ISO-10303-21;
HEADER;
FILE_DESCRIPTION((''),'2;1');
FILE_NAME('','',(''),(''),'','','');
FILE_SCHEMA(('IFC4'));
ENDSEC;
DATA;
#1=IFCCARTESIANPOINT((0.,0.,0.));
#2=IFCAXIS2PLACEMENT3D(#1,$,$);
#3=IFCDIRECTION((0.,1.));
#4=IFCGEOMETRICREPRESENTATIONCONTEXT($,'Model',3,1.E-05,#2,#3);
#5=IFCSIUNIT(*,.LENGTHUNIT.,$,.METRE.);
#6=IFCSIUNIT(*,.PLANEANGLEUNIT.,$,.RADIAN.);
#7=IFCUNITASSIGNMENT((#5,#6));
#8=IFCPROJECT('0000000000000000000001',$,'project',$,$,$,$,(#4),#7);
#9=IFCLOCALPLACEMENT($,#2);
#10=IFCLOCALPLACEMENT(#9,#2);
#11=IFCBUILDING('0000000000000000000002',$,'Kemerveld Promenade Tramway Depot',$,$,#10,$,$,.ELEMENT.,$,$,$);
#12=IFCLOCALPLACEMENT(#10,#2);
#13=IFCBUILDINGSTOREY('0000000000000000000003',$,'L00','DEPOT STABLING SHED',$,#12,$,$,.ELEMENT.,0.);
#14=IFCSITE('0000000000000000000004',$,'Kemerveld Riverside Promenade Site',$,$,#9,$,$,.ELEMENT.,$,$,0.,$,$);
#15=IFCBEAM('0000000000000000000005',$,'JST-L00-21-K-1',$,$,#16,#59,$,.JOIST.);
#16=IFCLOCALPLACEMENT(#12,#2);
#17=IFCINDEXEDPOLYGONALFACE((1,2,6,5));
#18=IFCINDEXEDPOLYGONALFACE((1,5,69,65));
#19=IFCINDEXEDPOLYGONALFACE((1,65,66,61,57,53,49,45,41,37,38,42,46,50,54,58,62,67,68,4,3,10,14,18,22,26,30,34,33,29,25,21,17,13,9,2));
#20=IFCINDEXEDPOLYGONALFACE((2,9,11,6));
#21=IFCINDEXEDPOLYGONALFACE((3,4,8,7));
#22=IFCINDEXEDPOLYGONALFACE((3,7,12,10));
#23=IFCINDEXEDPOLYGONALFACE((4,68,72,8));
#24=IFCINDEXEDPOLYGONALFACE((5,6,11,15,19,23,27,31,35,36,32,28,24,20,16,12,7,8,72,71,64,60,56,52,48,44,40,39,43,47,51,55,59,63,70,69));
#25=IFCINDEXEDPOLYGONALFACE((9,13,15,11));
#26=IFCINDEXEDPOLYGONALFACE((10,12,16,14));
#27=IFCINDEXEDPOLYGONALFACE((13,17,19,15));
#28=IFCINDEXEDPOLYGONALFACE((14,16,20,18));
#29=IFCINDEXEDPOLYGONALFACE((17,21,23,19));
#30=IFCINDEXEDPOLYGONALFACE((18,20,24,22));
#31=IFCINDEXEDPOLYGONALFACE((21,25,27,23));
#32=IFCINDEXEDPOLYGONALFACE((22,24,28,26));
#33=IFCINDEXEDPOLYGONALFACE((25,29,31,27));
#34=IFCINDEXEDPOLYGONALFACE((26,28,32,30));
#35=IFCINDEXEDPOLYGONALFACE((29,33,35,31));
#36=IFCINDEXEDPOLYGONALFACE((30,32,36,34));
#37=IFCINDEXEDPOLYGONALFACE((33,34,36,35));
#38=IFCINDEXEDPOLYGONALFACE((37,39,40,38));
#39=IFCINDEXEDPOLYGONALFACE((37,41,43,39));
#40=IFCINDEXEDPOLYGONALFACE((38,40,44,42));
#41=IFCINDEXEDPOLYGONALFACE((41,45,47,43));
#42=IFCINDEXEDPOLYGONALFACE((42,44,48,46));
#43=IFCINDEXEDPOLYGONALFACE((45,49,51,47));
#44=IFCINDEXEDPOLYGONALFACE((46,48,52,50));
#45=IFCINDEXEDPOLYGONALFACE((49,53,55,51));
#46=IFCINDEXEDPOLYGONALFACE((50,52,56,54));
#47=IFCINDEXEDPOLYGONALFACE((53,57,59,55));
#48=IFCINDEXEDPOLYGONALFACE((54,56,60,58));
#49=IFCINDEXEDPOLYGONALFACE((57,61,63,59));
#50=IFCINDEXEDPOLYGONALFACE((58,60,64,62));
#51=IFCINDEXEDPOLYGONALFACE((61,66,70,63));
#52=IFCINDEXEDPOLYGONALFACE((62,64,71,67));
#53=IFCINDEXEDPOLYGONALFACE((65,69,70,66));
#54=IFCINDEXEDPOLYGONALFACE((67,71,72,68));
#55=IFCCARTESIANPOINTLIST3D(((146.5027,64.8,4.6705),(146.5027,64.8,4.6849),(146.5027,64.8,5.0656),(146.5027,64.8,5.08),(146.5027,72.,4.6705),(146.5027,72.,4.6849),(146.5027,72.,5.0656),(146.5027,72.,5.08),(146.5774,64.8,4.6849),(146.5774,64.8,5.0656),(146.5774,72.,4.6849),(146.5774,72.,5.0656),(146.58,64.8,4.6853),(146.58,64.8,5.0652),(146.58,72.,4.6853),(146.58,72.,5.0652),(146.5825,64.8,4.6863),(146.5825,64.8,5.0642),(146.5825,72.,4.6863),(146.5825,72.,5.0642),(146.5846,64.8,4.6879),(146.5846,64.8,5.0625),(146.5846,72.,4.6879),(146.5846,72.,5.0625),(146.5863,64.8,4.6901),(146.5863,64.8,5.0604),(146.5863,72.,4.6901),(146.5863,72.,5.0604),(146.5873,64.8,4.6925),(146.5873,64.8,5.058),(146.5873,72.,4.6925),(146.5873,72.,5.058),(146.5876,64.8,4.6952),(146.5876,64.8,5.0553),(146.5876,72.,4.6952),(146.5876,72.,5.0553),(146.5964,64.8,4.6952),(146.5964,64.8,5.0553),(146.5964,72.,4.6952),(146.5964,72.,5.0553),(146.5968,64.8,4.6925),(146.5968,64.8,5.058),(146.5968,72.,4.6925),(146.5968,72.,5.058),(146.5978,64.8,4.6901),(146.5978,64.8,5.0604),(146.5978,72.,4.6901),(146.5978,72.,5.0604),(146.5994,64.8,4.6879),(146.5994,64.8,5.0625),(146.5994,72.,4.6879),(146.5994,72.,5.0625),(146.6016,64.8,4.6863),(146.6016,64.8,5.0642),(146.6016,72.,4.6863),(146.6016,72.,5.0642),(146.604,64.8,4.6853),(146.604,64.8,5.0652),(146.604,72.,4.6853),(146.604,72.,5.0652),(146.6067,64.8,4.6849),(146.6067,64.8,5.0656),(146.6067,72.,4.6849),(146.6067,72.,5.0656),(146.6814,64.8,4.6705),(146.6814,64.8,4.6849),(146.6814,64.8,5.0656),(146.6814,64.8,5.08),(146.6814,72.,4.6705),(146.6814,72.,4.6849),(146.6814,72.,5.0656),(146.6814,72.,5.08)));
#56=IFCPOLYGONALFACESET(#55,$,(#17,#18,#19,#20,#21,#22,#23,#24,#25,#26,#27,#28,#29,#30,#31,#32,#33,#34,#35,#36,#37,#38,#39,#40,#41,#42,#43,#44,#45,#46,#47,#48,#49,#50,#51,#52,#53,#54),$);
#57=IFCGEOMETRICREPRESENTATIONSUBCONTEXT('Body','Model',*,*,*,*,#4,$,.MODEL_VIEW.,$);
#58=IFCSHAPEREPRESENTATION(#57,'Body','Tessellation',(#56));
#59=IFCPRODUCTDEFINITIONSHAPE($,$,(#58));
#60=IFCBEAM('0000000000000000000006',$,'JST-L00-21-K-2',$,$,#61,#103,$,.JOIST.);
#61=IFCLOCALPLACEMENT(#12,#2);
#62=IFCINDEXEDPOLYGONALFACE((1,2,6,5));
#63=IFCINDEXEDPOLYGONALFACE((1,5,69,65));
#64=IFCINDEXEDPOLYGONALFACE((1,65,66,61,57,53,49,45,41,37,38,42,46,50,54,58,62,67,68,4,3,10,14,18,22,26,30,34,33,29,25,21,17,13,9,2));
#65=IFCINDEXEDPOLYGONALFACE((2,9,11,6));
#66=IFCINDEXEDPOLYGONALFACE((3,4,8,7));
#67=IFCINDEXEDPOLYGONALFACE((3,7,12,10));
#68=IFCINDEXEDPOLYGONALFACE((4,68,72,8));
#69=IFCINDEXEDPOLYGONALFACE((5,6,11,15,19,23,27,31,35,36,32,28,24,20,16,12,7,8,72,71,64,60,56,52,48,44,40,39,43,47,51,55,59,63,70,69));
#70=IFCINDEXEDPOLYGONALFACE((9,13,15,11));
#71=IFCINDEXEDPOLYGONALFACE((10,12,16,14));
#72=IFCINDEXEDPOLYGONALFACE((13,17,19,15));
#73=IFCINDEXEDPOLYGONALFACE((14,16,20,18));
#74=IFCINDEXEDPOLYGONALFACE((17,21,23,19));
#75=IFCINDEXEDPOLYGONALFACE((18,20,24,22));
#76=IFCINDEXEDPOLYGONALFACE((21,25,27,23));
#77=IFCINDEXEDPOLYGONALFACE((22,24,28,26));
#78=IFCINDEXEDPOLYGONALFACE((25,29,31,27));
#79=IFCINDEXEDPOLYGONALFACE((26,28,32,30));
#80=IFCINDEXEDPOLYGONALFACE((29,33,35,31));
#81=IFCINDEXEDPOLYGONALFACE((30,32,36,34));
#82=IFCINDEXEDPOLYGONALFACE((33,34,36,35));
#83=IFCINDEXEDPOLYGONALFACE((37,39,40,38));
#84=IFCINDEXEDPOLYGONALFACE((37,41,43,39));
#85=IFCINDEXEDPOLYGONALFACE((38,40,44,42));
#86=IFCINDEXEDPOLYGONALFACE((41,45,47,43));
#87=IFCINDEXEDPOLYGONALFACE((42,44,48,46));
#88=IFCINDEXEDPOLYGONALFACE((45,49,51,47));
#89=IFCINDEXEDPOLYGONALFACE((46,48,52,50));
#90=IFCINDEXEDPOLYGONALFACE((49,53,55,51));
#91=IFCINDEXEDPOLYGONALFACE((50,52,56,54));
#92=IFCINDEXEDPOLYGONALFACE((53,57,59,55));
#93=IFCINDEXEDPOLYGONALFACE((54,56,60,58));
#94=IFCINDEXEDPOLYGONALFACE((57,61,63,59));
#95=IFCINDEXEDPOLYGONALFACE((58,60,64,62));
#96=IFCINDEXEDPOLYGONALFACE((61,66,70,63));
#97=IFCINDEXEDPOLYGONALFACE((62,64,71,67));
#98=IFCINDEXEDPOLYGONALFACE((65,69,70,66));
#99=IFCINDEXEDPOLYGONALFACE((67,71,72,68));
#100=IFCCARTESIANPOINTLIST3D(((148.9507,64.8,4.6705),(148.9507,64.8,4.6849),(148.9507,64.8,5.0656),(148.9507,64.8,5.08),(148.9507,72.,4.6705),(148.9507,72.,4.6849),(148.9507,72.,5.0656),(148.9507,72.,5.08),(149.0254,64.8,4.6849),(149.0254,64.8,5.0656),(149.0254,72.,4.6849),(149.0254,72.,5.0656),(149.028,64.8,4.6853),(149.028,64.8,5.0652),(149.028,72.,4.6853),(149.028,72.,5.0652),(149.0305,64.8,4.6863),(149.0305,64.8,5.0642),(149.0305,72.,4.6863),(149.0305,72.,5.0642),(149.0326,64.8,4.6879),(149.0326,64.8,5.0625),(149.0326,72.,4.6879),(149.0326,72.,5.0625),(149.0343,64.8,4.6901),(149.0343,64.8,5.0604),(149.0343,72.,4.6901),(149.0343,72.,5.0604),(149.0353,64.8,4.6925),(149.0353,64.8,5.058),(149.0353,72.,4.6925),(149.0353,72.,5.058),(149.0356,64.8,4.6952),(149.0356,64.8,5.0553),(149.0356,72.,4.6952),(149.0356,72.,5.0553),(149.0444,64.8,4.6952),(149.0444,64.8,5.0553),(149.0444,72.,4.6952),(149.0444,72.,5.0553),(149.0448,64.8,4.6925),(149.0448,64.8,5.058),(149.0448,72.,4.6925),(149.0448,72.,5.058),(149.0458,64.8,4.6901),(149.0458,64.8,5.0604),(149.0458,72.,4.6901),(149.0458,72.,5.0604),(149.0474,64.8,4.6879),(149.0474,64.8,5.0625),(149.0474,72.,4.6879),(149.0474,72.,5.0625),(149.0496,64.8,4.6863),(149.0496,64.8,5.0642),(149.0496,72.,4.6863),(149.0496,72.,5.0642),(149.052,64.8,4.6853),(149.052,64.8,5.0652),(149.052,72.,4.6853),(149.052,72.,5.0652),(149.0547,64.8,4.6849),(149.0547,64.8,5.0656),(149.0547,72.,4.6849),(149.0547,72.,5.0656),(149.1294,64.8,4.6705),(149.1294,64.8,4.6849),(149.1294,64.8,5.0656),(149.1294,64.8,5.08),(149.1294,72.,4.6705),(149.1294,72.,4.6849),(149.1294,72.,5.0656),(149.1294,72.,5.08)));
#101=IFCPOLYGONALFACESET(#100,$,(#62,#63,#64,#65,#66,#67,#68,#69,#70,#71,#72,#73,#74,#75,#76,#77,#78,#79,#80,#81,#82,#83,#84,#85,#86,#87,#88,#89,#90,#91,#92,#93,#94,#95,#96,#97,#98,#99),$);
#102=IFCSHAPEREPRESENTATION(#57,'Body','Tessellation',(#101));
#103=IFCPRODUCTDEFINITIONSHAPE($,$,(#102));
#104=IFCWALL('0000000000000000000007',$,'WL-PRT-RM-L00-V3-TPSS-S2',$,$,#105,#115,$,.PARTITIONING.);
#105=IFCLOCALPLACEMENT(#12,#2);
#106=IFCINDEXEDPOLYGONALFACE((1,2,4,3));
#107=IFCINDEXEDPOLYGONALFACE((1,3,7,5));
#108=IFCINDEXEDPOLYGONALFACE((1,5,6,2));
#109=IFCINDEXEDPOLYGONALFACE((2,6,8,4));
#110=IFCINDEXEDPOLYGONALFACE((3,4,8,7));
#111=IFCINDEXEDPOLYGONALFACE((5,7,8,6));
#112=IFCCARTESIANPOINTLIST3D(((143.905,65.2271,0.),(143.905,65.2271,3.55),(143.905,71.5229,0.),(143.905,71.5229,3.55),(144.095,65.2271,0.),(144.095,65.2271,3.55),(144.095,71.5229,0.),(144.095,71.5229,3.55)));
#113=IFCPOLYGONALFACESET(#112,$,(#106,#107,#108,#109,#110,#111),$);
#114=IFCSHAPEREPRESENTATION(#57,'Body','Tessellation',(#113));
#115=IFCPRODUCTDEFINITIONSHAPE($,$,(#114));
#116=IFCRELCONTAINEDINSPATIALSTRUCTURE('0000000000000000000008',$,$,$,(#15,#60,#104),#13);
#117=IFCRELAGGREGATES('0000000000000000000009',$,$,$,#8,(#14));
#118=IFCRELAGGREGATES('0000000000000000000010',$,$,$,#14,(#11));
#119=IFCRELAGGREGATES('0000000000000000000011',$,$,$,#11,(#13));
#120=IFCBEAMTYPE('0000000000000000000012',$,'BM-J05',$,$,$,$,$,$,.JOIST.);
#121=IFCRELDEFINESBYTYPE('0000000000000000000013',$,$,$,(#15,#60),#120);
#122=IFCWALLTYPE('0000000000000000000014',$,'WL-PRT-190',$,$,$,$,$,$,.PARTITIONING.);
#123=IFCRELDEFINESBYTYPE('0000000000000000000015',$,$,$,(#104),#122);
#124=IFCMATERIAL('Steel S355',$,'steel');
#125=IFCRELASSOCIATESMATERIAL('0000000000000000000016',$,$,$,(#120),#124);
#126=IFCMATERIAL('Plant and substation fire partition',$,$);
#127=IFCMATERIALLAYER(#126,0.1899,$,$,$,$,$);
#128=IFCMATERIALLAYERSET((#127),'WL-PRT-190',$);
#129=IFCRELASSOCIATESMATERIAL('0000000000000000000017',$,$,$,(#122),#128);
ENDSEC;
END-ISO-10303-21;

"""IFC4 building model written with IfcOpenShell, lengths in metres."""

from ifc_helpers import new_model, si_unit, direction, frame, frame_2d, origin, origin_2d, place, context, subcontext, project, spatial, rectangle, i_section, extrude, material, layer, layer_set, material_profile, profile_set, type_object, element, save


model = new_model("IFC4")

# Units and contexts
model_context = context("Model", 3, precision=1e-05, world=origin(), true_north=direction((0.0, 1.0)))
body_context = subcontext(model_context, "Body", "Model", "MODEL_VIEW")
ifc_project = project(units=[si_unit("LENGTHUNIT", "METRE"), si_unit("PLANEANGLEUNIT", "RADIAN")], contexts=[model_context])

# Site, building, storey
site_placement = place(None, origin())
site = spatial("IfcSite", under=ifc_project, at=site_placement, Name="Kemerveld Riverside Promenade Site", CompositionType="ELEMENT", RefElevation=0.0)
building_placement = place(site_placement, origin())
building = spatial("IfcBuilding", under=site, at=building_placement, Name="Kemerveld Promenade Tramway Depot", CompositionType="ELEMENT")
storey_placement = place(building_placement, origin())
storey = spatial("IfcBuildingStorey", under=building, at=storey_placement, Name="L00", Description="DEPOT STABLING SHED", CompositionType="ELEMENT", Elevation=0.0)

# Beams
ifc_material_1 = material(Name="Steel S355", Category="steel")
ifc_material_profile_1 = material_profile(ifc_material_1, i_section(OverallWidth=0.1787, OverallDepth=0.4094, WebThickness=0.0088, FlangeThickness=0.0144, FilletRadius=0.0103, at=origin_2d()), Name="406x178x67 UB")
ifc_profile_set_1 = profile_set([ifc_material_profile_1], Name="Steel S355")
beam_type_1 = type_object("IfcBeamType", Name="BM-J05", PredefinedType="JOIST", material=ifc_profile_set_1)
for number, where, z_axis, x_axis, name in (
    (1, (146.592, 64.8, 4.8752), (0.0, 1.0, 0.0), (-1.0, 0.0, 0.0), "JST-L00-21-K-1"),
    (2, (149.04, 64.8, 4.8752), (0.0, 1.0, 0.0), (-1.0, 0.0, 0.0), "JST-L00-21-K-2"),
):
    element("IfcBeam", number, at=place(storey_placement, frame(where, z_axis=z_axis, x_axis=x_axis)), inside=storey, type_object=beam_type_1, Name=name, PredefinedType="JOIST", context=body_context, shape_type="SweptSolid", body=[
        extrude(i_section(OverallWidth=0.1787, OverallDepth=0.4094, WebThickness=0.0088, FlangeThickness=0.0144, FilletRadius=0.0103, at=origin_2d()), origin(), (0.0, 0.0, 1.0), 7.2),
    ])

# Shared definitions
ifc_material_2 = material(Name="Plant and substation fire partition")
ifc_layer = layer(ifc_material_2, 0.1899)
ifc_layer_set = layer_set([ifc_layer], Name="WL-PRT-190")
wall_type = type_object("IfcWallType", Name="WL-PRT-190", PredefinedType="PARTITIONING", material=ifc_layer_set)

# Wall
wall_1_placement = place(storey_placement, frame((144.0, 65.2271, 0.0), z_axis=(0.0, 0.0, 1.0), x_axis=(0.0, 1.0, 0.0)))
element("IfcWall", 3, at=wall_1_placement, inside=storey, type_object=wall_type, Name="WL-PRT-RM-L00-V3-TPSS-S2", PredefinedType="PARTITIONING", context=body_context, shape_type="SweptSolid", body=[
    extrude(rectangle(XDim=6.2959, YDim=0.1899, at=frame_2d((3.1479, 0.0))), origin(), (0.0, 0.0, 1.0), 3.55),
])

save(model, "model.ifc")
